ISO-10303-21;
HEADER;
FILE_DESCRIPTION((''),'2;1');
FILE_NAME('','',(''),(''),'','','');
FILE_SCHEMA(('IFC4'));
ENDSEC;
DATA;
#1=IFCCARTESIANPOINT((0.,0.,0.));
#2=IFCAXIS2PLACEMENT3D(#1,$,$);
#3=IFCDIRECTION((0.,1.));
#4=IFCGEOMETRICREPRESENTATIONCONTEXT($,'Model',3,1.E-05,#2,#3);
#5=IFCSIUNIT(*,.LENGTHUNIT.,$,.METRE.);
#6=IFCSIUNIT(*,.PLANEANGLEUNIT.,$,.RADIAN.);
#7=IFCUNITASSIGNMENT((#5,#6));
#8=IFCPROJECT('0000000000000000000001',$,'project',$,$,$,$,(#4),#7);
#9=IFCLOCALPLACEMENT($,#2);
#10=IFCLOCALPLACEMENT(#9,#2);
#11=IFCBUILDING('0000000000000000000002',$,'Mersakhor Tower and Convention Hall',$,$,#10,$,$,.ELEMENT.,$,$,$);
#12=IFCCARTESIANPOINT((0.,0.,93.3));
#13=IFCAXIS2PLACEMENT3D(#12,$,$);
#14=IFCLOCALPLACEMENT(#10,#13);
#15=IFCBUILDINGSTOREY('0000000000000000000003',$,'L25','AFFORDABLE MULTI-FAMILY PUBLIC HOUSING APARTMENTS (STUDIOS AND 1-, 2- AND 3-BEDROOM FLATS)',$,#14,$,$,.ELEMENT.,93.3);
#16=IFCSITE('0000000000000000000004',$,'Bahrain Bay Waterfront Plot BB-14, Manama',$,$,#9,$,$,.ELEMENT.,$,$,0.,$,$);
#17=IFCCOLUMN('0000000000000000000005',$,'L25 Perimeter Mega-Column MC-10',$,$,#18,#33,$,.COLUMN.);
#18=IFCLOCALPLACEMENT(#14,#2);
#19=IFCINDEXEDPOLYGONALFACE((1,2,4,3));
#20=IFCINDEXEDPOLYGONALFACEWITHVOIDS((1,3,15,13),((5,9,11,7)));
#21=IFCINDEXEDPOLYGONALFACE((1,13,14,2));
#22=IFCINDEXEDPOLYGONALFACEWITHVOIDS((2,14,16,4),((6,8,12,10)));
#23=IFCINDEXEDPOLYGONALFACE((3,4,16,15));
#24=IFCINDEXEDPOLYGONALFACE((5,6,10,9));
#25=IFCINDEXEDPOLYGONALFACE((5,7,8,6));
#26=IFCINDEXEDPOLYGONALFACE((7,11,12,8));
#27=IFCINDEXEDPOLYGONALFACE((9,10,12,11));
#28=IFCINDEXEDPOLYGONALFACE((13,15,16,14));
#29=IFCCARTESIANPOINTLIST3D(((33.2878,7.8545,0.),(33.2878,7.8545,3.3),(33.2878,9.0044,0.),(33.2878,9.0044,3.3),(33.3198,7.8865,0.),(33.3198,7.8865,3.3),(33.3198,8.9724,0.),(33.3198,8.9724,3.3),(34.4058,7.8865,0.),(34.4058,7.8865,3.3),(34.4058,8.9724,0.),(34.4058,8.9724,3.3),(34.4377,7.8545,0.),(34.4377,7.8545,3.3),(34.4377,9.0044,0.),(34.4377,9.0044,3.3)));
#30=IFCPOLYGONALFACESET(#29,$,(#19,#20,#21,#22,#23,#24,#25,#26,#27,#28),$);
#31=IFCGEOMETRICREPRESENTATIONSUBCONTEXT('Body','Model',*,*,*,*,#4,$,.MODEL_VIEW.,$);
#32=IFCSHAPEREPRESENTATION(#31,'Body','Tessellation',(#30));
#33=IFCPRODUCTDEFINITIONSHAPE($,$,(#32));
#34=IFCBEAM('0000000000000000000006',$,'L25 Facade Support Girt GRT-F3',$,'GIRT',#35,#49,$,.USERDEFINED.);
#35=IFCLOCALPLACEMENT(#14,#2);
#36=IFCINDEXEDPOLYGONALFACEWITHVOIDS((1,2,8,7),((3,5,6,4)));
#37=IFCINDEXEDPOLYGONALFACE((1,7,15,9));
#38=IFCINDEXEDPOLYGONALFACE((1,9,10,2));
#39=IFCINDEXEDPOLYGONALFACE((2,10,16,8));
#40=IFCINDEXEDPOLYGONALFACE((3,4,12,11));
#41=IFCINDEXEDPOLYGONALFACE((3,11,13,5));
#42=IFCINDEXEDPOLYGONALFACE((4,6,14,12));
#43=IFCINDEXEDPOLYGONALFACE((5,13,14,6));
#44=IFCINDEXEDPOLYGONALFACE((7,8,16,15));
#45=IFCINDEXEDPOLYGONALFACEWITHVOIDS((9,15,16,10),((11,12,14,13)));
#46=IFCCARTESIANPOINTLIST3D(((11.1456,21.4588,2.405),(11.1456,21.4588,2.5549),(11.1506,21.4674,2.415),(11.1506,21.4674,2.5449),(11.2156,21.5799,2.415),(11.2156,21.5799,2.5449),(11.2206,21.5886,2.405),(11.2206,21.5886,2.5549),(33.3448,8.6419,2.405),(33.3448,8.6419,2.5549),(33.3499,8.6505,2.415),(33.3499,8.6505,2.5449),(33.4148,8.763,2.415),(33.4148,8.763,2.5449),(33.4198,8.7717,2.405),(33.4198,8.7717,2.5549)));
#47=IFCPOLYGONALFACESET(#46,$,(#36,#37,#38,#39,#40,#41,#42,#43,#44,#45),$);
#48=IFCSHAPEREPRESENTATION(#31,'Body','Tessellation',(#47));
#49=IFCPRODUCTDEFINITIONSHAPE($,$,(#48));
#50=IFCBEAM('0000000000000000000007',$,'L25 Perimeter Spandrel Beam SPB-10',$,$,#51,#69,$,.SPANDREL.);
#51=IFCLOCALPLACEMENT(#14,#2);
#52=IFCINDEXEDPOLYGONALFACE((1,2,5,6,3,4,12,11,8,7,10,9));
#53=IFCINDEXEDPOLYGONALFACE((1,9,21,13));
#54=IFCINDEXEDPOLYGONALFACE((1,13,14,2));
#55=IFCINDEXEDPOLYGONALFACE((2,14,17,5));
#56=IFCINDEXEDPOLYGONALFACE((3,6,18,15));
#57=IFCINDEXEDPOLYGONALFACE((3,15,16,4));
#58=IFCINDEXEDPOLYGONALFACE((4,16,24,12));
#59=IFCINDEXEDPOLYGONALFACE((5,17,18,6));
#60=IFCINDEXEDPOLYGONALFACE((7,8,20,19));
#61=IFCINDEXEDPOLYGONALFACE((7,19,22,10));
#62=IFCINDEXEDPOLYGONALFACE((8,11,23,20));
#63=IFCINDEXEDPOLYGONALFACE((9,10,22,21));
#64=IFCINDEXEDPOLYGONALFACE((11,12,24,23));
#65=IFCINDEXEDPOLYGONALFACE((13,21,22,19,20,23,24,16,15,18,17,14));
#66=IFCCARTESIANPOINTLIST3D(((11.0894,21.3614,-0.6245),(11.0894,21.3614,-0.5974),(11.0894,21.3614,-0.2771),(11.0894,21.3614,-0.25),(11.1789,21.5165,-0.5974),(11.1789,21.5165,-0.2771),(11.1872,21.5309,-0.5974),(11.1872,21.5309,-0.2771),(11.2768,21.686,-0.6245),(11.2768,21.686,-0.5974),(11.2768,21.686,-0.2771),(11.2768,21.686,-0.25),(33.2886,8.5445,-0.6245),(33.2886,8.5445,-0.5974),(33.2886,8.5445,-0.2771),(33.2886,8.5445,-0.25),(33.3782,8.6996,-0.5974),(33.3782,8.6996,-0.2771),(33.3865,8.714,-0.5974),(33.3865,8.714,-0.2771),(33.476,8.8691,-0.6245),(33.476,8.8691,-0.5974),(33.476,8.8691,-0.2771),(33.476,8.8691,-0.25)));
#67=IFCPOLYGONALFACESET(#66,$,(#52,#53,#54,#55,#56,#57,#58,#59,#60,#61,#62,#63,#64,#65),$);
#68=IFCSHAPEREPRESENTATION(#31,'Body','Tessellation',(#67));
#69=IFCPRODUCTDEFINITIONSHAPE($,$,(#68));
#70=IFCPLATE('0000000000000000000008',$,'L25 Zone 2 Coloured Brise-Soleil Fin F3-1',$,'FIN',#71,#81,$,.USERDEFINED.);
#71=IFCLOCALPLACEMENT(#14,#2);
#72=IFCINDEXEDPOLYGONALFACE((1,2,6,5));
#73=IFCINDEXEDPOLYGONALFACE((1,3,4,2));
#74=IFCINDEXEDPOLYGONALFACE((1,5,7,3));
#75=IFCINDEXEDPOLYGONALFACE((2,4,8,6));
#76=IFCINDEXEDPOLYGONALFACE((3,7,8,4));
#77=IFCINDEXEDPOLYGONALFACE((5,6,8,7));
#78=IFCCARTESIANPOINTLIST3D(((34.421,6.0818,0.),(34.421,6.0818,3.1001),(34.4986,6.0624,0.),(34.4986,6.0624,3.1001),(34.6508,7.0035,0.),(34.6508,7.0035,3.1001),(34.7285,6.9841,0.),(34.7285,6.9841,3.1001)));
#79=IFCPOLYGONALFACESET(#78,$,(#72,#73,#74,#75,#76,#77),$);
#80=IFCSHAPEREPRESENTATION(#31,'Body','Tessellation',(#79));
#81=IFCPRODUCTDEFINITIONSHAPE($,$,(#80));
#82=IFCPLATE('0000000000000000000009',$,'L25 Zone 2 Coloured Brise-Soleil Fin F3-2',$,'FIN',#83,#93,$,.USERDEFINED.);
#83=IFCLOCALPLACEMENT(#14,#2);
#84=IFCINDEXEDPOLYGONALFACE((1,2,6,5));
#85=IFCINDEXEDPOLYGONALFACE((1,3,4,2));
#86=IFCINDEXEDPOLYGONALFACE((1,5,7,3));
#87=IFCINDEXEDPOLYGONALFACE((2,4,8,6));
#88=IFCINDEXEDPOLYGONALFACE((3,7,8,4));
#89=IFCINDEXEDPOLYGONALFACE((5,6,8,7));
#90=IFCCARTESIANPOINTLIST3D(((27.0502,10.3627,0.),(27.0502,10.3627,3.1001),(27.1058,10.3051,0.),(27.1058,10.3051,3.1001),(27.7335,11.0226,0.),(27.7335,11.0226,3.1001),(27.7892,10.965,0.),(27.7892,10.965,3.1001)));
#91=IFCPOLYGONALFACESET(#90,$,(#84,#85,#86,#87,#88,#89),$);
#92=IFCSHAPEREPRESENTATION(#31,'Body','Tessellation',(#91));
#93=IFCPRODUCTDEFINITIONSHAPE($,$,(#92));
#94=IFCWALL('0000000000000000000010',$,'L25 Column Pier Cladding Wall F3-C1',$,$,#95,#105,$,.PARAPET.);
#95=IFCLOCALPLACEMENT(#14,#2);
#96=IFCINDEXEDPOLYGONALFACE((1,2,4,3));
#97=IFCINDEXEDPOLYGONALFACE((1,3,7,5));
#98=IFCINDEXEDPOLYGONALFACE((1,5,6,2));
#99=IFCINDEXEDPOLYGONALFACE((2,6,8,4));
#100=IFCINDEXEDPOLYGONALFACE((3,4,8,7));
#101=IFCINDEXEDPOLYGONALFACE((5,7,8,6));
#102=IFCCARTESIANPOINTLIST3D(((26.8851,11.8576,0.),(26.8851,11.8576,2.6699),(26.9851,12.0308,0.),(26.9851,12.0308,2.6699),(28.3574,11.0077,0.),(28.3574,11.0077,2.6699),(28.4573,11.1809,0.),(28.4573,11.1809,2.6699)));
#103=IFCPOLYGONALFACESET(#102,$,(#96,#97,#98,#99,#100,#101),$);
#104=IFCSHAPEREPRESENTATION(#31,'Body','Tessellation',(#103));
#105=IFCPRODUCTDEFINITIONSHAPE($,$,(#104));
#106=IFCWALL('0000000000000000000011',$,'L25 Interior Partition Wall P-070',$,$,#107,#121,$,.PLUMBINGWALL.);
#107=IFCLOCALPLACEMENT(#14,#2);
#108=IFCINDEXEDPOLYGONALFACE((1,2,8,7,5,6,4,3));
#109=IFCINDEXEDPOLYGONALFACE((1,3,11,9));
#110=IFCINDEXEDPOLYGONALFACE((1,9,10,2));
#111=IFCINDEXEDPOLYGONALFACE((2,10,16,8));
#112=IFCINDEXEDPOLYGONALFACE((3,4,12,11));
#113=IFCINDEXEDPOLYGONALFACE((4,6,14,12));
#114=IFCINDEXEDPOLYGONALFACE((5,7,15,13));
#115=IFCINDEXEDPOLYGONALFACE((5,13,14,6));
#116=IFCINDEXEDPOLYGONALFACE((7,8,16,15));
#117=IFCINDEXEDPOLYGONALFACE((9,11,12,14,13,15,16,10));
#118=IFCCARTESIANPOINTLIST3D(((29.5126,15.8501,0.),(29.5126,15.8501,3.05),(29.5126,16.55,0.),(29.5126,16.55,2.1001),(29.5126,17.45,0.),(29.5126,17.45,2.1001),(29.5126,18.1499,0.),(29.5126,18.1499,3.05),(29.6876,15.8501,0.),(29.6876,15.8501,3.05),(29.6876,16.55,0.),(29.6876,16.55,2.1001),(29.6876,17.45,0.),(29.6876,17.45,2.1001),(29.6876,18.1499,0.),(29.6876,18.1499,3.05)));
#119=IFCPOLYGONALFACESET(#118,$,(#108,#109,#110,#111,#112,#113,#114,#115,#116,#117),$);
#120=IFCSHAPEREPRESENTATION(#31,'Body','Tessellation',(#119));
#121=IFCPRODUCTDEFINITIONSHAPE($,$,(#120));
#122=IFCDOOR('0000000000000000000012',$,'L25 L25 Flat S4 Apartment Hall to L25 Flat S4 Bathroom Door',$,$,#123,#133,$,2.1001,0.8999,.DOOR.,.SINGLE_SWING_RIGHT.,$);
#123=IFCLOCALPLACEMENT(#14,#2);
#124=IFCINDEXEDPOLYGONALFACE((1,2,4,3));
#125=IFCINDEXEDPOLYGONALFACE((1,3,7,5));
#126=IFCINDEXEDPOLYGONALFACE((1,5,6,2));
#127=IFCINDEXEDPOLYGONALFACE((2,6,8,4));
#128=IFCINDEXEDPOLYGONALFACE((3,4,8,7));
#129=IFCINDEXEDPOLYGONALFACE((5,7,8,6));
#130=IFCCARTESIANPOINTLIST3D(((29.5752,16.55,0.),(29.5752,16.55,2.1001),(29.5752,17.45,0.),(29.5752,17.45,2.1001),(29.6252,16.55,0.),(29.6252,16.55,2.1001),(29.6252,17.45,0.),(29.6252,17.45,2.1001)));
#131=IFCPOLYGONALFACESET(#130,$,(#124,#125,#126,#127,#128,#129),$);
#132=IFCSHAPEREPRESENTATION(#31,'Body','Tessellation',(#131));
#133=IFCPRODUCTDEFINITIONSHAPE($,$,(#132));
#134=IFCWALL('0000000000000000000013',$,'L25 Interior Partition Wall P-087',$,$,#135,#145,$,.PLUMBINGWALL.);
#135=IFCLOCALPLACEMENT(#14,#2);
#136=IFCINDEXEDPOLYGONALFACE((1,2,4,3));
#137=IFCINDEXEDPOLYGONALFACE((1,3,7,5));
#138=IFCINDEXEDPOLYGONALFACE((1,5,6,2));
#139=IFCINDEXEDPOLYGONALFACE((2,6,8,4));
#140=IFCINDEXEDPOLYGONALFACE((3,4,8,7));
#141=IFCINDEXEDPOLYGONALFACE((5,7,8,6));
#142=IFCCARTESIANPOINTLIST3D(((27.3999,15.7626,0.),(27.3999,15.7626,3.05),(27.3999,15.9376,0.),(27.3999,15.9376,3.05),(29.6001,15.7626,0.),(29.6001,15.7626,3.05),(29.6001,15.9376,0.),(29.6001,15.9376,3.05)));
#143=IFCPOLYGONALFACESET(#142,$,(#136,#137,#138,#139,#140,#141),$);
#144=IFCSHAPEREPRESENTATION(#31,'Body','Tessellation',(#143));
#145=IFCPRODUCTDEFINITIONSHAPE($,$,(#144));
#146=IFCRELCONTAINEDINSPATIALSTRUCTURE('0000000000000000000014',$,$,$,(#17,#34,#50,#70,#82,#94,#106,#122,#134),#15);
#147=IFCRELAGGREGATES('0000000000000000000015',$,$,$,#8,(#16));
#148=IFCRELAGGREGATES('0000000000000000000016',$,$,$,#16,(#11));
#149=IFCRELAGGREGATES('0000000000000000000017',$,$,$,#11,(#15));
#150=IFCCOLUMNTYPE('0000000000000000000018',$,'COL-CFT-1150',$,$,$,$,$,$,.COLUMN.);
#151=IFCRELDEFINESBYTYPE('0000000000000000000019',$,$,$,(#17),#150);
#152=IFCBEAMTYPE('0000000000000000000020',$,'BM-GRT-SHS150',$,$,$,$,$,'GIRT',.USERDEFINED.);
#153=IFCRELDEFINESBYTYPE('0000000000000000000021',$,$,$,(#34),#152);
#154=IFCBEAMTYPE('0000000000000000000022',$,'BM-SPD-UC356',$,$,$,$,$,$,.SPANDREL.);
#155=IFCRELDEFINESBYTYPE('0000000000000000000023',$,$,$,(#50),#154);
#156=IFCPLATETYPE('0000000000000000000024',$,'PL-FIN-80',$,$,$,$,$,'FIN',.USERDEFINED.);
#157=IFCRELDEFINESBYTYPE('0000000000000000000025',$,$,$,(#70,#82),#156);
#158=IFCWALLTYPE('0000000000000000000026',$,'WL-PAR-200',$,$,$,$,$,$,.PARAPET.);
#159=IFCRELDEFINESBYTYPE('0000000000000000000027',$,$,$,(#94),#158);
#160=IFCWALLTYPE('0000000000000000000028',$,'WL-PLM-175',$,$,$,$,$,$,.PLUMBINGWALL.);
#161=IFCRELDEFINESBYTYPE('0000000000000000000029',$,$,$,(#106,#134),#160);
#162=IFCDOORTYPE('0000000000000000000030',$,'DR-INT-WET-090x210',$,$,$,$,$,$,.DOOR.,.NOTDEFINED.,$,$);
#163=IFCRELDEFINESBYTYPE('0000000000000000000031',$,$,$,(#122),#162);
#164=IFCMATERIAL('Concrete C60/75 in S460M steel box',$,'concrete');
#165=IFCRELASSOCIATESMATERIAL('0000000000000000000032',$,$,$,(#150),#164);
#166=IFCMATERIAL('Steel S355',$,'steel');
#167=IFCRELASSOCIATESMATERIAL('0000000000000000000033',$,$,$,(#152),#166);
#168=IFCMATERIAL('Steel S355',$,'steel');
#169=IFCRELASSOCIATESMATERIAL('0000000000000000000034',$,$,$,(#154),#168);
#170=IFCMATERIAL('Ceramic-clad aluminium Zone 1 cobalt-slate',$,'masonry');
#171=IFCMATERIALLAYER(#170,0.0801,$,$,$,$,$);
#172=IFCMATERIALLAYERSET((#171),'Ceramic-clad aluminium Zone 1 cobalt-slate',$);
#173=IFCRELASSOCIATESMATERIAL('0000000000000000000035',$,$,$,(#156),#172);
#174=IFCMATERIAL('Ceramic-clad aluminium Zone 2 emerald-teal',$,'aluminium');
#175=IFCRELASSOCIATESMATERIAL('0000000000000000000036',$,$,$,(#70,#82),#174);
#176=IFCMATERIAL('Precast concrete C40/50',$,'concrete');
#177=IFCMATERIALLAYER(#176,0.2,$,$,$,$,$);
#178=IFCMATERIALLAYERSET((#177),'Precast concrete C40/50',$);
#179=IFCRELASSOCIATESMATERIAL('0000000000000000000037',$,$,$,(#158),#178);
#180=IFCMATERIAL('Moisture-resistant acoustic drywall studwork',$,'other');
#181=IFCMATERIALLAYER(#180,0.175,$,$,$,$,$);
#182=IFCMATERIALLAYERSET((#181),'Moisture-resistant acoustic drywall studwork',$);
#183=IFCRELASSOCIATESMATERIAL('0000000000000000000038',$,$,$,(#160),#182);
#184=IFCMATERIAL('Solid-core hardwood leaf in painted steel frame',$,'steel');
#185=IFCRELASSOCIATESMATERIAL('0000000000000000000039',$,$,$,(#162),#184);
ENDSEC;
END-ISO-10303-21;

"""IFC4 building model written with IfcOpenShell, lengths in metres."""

from ifc_helpers import new_model, si_unit, direction, frame, frame_2d, origin, origin_2d, place, context, subcontext, project, spatial, rectangle, hollow_rectangle, i_section, extrude, material, layer, layer_set, material_profile, profile_set, type_object, element, fill, save


model = new_model("IFC4")

# Units and contexts
model_context = context("Model", 3, precision=1e-05, world=origin(), true_north=direction((0.0, 1.0)))
body_context = subcontext(model_context, "Body", "Model", "MODEL_VIEW")
ifc_project = project(units=[si_unit("LENGTHUNIT", "METRE"), si_unit("PLANEANGLEUNIT", "RADIAN")], contexts=[model_context])

# Site, building, storey
site_placement = place(None, origin())
site = spatial("IfcSite", under=ifc_project, at=site_placement, Name="Bahrain Bay Waterfront Plot BB-14, Manama", CompositionType="ELEMENT", RefElevation=0.0)
building_placement = place(site_placement, origin())
building = spatial("IfcBuilding", under=site, at=building_placement, Name="Mersakhor Tower and Convention Hall", CompositionType="ELEMENT")
storey_placement = place(building_placement, frame((0.0, 0.0, 93.3)))
storey = spatial("IfcBuildingStorey", under=building, at=storey_placement, Name="L25", Description="AFFORDABLE MULTI-FAMILY PUBLIC HOUSING APARTMENTS (STUDIOS AND 1-, 2- AND 3-BEDROOM FLATS)", CompositionType="ELEMENT", Elevation=93.3)

# Column
ifc_material_1 = material(Name="Concrete C60/75 in S460M steel box", Category="concrete")
ifc_material_profile_1 = material_profile(ifc_material_1, hollow_rectangle(XDim=1.1499, YDim=1.1499, WallThickness=0.032, at=origin_2d()), Name="SHS 1150x1150x32")
ifc_profile_set_1 = profile_set([ifc_material_profile_1], Name="Concrete C60/75 in S460M steel box")
column_type = type_object("IfcColumnType", Name="COL-CFT-1150", PredefinedType="COLUMN", material=ifc_profile_set_1)
column_placement = place(storey_placement, frame((33.8628, 8.4294, 0.0), z_axis=(0.0, 0.0, 1.0), x_axis=(1.0, 0.0, 0.0)))
element("IfcColumn", 1, at=column_placement, inside=storey, type_object=column_type, Name="L25 Perimeter Mega-Column MC-10", PredefinedType="COLUMN", context=body_context, shape_type="SweptSolid", body=[
    extrude(hollow_rectangle(XDim=1.1499, YDim=1.1499, WallThickness=0.032, at=origin_2d()), origin(), (0.0, 0.0, 1.0), 3.3),
])

# Beams
ifc_material_2 = material(Name="Steel S355", Category="steel")
ifc_material_profile_2 = material_profile(ifc_material_2, hollow_rectangle(XDim=0.1499, YDim=0.1499, WallThickness=0.01, at=origin_2d()), Name="SHS 150x150x10")
ifc_profile_set_2 = profile_set([ifc_material_profile_2], Name="Steel S355")
beam_type_1 = type_object("IfcBeamType", Name="BM-GRT-SHS150", ElementType="GIRT", PredefinedType="USERDEFINED", material=ifc_profile_set_2)
beam_1_placement = place(storey_placement, frame((33.3823, 8.7068, 2.48), z_axis=(-0.866023, 0.500005, 0.0), x_axis=(-0.500005, -0.866023, 0.0)))
element("IfcBeam", 2, at=beam_1_placement, inside=storey, type_object=beam_type_1, Name="L25 Facade Support Girt GRT-F3", ObjectType="GIRT", PredefinedType="USERDEFINED", context=body_context, shape_type="SweptSolid", body=[
    extrude(hollow_rectangle(XDim=0.1499, YDim=0.1499, WallThickness=0.01, at=origin_2d()), origin(), (0.0, 0.0, 1.0), 25.6335),
])
ifc_material_3 = material(Name="Steel S355", Category="steel")
ifc_material_profile_3 = material_profile(ifc_material_3, i_section(OverallWidth=0.3748, OverallDepth=0.3745, WebThickness=0.0166, FlangeThickness=0.0271, at=origin_2d()), Name="UC 356x368x202")
ifc_profile_set_3 = profile_set([ifc_material_profile_3], Name="Steel S355")
beam_type_2 = type_object("IfcBeamType", Name="BM-SPD-UC356", PredefinedType="SPANDREL", material=ifc_profile_set_3)
beam_2_placement = place(storey_placement, frame((33.3823, 8.7068, -0.4373), z_axis=(-0.866023, 0.500005, 0.0), x_axis=(-0.500005, -0.866023, 0.0)))
element("IfcBeam", 3, at=beam_2_placement, inside=storey, type_object=beam_type_2, Name="L25 Perimeter Spandrel Beam SPB-10", PredefinedType="SPANDREL", context=body_context, shape_type="SweptSolid", body=[
    extrude(i_section(OverallWidth=0.3748, OverallDepth=0.3745, WebThickness=0.0166, FlangeThickness=0.0271, at=origin_2d()), origin(), (0.0, 0.0, 1.0), 25.6335),
])

# Plates
ifc_material_4 = material(Name="Ceramic-clad aluminium Zone 2 emerald-teal", Category="aluminium")
ifc_material_5 = material(Name="Ceramic-clad aluminium Zone 1 cobalt-slate", Category="masonry")
ifc_layer_1 = layer(ifc_material_5, 0.0801)
ifc_layer_set_1 = layer_set([ifc_layer_1], Name="Ceramic-clad aluminium Zone 1 cobalt-slate")
plate_type = type_object("IfcPlateType", Name="PL-FIN-80", ElementType="FIN", PredefinedType="USERDEFINED", material=ifc_layer_set_1)
for number, where, z_axis, x_axis, name in (
    (4, (34.5747, 6.533, 0.0), (0.0, 0.0, 1.0), (-0.241922, -0.970296, 0.0), "L25 Zone 2 Coloured Brise-Soleil Fin F3-1"),
    (5, (27.4197, 10.6638, 0.0), (0.0, 0.0, 1.0), (-0.71934, -0.694658, 0.0), "L25 Zone 2 Coloured Brise-Soleil Fin F3-2"),
):
    element("IfcPlate", number, at=place(storey_placement, frame(where, z_axis=z_axis, x_axis=x_axis)), inside=storey, type_object=plate_type, material=ifc_material_4, Name=name, ObjectType="FIN", PredefinedType="USERDEFINED", context=body_context, shape_type="SweptSolid", body=[
        extrude(rectangle(XDim=0.95, YDim=0.0801, at=origin_2d()), origin(), (0.0, 0.0, 1.0), 3.1001),
    ])

# Wall
ifc_material_6 = material(Name="Precast concrete C40/50", Category="concrete")
ifc_layer_2 = layer(ifc_material_6, 0.2)
ifc_layer_set_2 = layer_set([ifc_layer_2], Name="Precast concrete C40/50")
wall_type_1 = type_object("IfcWallType", Name="WL-PAR-200", PredefinedType="PARAPET", material=ifc_layer_set_2)
wall_1_placement = place(storey_placement, frame((28.4075, 11.0942, 0.0), z_axis=(0.0, 0.0, 1.0), x_axis=(-0.866052, 0.499955, 0.0)))
element("IfcWall", 6, at=wall_1_placement, inside=storey, type_object=wall_type_1, Name="L25 Column Pier Cladding Wall F3-C1", PredefinedType="PARAPET", context=body_context, shape_type="SweptSolid", body=[
    extrude(rectangle(XDim=1.7, YDim=0.2, at=frame_2d((0.8501, 0.0))), origin(), (0.0, 0.0, 1.0), 2.6699),
])

# Wall, opening, door
ifc_material_7 = material(Name="Moisture-resistant acoustic drywall studwork", Category="other")
ifc_layer_3 = layer(ifc_material_7, 0.175)
ifc_layer_set_3 = layer_set([ifc_layer_3], Name="Moisture-resistant acoustic drywall studwork")
wall_type_2 = type_object("IfcWallType", Name="WL-PLM-175", PredefinedType="PLUMBINGWALL", material=ifc_layer_set_3)
wall_2_placement = place(storey_placement, frame((29.6001, 15.8501, 0.0), z_axis=(0.0, 0.0, 1.0), x_axis=(0.0, 1.0, 0.0)))
wall_2 = element("IfcWall", 7, at=wall_2_placement, inside=storey, type_object=wall_type_2, Name="L25 Interior Partition Wall P-070", PredefinedType="PLUMBINGWALL", context=body_context, shape_type="SweptSolid", body=[
    extrude(rectangle(XDim=2.2998, YDim=0.175, at=frame_2d((1.1499, 0.0))), origin(), (0.0, 0.0, 1.0), 3.05),
])
opening_1_placement = place(wall_2_placement, frame((0.7, 0.0, 0.0)))
opening_1 = element("IfcOpeningElement", 8, at=opening_1_placement, cuts=wall_2, PredefinedType="OPENING", context=body_context, shape_type="SweptSolid", body=[
    extrude(rectangle(XDim=0.8999, YDim=2.1001, at=frame_2d((0.45, 1.05))), frame((0.0, 0.0974, 0.0), z_axis=(0.0, -1.0, 0.0), x_axis=(1.0, 0.0, 0.0)), (0.0, 0.0, 1.0), 0.1951),
])
ifc_material_8 = material(Name="Solid-core hardwood leaf in painted steel frame", Category="steel")
door_type_1 = type_object("IfcDoorType", Name="DR-INT-WET-090x210", OperationType="NOTDEFINED", PredefinedType="DOOR", material=ifc_material_8)
door_1_placement = place(opening_1_placement, origin())
door_1 = element("IfcDoor", 9, at=door_1_placement, inside=storey, type_object=door_type_1, Name="L25 L25 Flat S4 Apartment Hall to L25 Flat S4 Bathroom Door", OperationType="SINGLE_SWING_RIGHT", OverallHeight=2.1001, OverallWidth=0.8999, PredefinedType="DOOR", context=body_context, shape_type="SweptSolid", body=[
    extrude(rectangle(XDim=0.8999, YDim=2.1001, at=frame_2d((0.45, 1.05))), frame((0.0, 0.0249, 0.0), z_axis=(0.0, -1.0, 0.0), x_axis=(1.0, 0.0, 0.0)), (0.0, 0.0, 1.0), 0.05),
])
fill(opening_1, door_1)

# Wall
wall_3_placement = place(storey_placement, frame((29.6001, 15.8501, 0.0), z_axis=(0.0, 0.0, 1.0), x_axis=(-1.0, 0.0, 0.0)))
element("IfcWall", 10, at=wall_3_placement, inside=storey, type_object=wall_type_2, Name="L25 Interior Partition Wall P-087", PredefinedType="PLUMBINGWALL", context=body_context, shape_type="SweptSolid", body=[
    extrude(rectangle(XDim=2.2002, YDim=0.175, at=frame_2d((1.1001, 0.0))), origin(), (0.0, 0.0, 1.0), 3.05),
])

save(model, "model.ifc")
